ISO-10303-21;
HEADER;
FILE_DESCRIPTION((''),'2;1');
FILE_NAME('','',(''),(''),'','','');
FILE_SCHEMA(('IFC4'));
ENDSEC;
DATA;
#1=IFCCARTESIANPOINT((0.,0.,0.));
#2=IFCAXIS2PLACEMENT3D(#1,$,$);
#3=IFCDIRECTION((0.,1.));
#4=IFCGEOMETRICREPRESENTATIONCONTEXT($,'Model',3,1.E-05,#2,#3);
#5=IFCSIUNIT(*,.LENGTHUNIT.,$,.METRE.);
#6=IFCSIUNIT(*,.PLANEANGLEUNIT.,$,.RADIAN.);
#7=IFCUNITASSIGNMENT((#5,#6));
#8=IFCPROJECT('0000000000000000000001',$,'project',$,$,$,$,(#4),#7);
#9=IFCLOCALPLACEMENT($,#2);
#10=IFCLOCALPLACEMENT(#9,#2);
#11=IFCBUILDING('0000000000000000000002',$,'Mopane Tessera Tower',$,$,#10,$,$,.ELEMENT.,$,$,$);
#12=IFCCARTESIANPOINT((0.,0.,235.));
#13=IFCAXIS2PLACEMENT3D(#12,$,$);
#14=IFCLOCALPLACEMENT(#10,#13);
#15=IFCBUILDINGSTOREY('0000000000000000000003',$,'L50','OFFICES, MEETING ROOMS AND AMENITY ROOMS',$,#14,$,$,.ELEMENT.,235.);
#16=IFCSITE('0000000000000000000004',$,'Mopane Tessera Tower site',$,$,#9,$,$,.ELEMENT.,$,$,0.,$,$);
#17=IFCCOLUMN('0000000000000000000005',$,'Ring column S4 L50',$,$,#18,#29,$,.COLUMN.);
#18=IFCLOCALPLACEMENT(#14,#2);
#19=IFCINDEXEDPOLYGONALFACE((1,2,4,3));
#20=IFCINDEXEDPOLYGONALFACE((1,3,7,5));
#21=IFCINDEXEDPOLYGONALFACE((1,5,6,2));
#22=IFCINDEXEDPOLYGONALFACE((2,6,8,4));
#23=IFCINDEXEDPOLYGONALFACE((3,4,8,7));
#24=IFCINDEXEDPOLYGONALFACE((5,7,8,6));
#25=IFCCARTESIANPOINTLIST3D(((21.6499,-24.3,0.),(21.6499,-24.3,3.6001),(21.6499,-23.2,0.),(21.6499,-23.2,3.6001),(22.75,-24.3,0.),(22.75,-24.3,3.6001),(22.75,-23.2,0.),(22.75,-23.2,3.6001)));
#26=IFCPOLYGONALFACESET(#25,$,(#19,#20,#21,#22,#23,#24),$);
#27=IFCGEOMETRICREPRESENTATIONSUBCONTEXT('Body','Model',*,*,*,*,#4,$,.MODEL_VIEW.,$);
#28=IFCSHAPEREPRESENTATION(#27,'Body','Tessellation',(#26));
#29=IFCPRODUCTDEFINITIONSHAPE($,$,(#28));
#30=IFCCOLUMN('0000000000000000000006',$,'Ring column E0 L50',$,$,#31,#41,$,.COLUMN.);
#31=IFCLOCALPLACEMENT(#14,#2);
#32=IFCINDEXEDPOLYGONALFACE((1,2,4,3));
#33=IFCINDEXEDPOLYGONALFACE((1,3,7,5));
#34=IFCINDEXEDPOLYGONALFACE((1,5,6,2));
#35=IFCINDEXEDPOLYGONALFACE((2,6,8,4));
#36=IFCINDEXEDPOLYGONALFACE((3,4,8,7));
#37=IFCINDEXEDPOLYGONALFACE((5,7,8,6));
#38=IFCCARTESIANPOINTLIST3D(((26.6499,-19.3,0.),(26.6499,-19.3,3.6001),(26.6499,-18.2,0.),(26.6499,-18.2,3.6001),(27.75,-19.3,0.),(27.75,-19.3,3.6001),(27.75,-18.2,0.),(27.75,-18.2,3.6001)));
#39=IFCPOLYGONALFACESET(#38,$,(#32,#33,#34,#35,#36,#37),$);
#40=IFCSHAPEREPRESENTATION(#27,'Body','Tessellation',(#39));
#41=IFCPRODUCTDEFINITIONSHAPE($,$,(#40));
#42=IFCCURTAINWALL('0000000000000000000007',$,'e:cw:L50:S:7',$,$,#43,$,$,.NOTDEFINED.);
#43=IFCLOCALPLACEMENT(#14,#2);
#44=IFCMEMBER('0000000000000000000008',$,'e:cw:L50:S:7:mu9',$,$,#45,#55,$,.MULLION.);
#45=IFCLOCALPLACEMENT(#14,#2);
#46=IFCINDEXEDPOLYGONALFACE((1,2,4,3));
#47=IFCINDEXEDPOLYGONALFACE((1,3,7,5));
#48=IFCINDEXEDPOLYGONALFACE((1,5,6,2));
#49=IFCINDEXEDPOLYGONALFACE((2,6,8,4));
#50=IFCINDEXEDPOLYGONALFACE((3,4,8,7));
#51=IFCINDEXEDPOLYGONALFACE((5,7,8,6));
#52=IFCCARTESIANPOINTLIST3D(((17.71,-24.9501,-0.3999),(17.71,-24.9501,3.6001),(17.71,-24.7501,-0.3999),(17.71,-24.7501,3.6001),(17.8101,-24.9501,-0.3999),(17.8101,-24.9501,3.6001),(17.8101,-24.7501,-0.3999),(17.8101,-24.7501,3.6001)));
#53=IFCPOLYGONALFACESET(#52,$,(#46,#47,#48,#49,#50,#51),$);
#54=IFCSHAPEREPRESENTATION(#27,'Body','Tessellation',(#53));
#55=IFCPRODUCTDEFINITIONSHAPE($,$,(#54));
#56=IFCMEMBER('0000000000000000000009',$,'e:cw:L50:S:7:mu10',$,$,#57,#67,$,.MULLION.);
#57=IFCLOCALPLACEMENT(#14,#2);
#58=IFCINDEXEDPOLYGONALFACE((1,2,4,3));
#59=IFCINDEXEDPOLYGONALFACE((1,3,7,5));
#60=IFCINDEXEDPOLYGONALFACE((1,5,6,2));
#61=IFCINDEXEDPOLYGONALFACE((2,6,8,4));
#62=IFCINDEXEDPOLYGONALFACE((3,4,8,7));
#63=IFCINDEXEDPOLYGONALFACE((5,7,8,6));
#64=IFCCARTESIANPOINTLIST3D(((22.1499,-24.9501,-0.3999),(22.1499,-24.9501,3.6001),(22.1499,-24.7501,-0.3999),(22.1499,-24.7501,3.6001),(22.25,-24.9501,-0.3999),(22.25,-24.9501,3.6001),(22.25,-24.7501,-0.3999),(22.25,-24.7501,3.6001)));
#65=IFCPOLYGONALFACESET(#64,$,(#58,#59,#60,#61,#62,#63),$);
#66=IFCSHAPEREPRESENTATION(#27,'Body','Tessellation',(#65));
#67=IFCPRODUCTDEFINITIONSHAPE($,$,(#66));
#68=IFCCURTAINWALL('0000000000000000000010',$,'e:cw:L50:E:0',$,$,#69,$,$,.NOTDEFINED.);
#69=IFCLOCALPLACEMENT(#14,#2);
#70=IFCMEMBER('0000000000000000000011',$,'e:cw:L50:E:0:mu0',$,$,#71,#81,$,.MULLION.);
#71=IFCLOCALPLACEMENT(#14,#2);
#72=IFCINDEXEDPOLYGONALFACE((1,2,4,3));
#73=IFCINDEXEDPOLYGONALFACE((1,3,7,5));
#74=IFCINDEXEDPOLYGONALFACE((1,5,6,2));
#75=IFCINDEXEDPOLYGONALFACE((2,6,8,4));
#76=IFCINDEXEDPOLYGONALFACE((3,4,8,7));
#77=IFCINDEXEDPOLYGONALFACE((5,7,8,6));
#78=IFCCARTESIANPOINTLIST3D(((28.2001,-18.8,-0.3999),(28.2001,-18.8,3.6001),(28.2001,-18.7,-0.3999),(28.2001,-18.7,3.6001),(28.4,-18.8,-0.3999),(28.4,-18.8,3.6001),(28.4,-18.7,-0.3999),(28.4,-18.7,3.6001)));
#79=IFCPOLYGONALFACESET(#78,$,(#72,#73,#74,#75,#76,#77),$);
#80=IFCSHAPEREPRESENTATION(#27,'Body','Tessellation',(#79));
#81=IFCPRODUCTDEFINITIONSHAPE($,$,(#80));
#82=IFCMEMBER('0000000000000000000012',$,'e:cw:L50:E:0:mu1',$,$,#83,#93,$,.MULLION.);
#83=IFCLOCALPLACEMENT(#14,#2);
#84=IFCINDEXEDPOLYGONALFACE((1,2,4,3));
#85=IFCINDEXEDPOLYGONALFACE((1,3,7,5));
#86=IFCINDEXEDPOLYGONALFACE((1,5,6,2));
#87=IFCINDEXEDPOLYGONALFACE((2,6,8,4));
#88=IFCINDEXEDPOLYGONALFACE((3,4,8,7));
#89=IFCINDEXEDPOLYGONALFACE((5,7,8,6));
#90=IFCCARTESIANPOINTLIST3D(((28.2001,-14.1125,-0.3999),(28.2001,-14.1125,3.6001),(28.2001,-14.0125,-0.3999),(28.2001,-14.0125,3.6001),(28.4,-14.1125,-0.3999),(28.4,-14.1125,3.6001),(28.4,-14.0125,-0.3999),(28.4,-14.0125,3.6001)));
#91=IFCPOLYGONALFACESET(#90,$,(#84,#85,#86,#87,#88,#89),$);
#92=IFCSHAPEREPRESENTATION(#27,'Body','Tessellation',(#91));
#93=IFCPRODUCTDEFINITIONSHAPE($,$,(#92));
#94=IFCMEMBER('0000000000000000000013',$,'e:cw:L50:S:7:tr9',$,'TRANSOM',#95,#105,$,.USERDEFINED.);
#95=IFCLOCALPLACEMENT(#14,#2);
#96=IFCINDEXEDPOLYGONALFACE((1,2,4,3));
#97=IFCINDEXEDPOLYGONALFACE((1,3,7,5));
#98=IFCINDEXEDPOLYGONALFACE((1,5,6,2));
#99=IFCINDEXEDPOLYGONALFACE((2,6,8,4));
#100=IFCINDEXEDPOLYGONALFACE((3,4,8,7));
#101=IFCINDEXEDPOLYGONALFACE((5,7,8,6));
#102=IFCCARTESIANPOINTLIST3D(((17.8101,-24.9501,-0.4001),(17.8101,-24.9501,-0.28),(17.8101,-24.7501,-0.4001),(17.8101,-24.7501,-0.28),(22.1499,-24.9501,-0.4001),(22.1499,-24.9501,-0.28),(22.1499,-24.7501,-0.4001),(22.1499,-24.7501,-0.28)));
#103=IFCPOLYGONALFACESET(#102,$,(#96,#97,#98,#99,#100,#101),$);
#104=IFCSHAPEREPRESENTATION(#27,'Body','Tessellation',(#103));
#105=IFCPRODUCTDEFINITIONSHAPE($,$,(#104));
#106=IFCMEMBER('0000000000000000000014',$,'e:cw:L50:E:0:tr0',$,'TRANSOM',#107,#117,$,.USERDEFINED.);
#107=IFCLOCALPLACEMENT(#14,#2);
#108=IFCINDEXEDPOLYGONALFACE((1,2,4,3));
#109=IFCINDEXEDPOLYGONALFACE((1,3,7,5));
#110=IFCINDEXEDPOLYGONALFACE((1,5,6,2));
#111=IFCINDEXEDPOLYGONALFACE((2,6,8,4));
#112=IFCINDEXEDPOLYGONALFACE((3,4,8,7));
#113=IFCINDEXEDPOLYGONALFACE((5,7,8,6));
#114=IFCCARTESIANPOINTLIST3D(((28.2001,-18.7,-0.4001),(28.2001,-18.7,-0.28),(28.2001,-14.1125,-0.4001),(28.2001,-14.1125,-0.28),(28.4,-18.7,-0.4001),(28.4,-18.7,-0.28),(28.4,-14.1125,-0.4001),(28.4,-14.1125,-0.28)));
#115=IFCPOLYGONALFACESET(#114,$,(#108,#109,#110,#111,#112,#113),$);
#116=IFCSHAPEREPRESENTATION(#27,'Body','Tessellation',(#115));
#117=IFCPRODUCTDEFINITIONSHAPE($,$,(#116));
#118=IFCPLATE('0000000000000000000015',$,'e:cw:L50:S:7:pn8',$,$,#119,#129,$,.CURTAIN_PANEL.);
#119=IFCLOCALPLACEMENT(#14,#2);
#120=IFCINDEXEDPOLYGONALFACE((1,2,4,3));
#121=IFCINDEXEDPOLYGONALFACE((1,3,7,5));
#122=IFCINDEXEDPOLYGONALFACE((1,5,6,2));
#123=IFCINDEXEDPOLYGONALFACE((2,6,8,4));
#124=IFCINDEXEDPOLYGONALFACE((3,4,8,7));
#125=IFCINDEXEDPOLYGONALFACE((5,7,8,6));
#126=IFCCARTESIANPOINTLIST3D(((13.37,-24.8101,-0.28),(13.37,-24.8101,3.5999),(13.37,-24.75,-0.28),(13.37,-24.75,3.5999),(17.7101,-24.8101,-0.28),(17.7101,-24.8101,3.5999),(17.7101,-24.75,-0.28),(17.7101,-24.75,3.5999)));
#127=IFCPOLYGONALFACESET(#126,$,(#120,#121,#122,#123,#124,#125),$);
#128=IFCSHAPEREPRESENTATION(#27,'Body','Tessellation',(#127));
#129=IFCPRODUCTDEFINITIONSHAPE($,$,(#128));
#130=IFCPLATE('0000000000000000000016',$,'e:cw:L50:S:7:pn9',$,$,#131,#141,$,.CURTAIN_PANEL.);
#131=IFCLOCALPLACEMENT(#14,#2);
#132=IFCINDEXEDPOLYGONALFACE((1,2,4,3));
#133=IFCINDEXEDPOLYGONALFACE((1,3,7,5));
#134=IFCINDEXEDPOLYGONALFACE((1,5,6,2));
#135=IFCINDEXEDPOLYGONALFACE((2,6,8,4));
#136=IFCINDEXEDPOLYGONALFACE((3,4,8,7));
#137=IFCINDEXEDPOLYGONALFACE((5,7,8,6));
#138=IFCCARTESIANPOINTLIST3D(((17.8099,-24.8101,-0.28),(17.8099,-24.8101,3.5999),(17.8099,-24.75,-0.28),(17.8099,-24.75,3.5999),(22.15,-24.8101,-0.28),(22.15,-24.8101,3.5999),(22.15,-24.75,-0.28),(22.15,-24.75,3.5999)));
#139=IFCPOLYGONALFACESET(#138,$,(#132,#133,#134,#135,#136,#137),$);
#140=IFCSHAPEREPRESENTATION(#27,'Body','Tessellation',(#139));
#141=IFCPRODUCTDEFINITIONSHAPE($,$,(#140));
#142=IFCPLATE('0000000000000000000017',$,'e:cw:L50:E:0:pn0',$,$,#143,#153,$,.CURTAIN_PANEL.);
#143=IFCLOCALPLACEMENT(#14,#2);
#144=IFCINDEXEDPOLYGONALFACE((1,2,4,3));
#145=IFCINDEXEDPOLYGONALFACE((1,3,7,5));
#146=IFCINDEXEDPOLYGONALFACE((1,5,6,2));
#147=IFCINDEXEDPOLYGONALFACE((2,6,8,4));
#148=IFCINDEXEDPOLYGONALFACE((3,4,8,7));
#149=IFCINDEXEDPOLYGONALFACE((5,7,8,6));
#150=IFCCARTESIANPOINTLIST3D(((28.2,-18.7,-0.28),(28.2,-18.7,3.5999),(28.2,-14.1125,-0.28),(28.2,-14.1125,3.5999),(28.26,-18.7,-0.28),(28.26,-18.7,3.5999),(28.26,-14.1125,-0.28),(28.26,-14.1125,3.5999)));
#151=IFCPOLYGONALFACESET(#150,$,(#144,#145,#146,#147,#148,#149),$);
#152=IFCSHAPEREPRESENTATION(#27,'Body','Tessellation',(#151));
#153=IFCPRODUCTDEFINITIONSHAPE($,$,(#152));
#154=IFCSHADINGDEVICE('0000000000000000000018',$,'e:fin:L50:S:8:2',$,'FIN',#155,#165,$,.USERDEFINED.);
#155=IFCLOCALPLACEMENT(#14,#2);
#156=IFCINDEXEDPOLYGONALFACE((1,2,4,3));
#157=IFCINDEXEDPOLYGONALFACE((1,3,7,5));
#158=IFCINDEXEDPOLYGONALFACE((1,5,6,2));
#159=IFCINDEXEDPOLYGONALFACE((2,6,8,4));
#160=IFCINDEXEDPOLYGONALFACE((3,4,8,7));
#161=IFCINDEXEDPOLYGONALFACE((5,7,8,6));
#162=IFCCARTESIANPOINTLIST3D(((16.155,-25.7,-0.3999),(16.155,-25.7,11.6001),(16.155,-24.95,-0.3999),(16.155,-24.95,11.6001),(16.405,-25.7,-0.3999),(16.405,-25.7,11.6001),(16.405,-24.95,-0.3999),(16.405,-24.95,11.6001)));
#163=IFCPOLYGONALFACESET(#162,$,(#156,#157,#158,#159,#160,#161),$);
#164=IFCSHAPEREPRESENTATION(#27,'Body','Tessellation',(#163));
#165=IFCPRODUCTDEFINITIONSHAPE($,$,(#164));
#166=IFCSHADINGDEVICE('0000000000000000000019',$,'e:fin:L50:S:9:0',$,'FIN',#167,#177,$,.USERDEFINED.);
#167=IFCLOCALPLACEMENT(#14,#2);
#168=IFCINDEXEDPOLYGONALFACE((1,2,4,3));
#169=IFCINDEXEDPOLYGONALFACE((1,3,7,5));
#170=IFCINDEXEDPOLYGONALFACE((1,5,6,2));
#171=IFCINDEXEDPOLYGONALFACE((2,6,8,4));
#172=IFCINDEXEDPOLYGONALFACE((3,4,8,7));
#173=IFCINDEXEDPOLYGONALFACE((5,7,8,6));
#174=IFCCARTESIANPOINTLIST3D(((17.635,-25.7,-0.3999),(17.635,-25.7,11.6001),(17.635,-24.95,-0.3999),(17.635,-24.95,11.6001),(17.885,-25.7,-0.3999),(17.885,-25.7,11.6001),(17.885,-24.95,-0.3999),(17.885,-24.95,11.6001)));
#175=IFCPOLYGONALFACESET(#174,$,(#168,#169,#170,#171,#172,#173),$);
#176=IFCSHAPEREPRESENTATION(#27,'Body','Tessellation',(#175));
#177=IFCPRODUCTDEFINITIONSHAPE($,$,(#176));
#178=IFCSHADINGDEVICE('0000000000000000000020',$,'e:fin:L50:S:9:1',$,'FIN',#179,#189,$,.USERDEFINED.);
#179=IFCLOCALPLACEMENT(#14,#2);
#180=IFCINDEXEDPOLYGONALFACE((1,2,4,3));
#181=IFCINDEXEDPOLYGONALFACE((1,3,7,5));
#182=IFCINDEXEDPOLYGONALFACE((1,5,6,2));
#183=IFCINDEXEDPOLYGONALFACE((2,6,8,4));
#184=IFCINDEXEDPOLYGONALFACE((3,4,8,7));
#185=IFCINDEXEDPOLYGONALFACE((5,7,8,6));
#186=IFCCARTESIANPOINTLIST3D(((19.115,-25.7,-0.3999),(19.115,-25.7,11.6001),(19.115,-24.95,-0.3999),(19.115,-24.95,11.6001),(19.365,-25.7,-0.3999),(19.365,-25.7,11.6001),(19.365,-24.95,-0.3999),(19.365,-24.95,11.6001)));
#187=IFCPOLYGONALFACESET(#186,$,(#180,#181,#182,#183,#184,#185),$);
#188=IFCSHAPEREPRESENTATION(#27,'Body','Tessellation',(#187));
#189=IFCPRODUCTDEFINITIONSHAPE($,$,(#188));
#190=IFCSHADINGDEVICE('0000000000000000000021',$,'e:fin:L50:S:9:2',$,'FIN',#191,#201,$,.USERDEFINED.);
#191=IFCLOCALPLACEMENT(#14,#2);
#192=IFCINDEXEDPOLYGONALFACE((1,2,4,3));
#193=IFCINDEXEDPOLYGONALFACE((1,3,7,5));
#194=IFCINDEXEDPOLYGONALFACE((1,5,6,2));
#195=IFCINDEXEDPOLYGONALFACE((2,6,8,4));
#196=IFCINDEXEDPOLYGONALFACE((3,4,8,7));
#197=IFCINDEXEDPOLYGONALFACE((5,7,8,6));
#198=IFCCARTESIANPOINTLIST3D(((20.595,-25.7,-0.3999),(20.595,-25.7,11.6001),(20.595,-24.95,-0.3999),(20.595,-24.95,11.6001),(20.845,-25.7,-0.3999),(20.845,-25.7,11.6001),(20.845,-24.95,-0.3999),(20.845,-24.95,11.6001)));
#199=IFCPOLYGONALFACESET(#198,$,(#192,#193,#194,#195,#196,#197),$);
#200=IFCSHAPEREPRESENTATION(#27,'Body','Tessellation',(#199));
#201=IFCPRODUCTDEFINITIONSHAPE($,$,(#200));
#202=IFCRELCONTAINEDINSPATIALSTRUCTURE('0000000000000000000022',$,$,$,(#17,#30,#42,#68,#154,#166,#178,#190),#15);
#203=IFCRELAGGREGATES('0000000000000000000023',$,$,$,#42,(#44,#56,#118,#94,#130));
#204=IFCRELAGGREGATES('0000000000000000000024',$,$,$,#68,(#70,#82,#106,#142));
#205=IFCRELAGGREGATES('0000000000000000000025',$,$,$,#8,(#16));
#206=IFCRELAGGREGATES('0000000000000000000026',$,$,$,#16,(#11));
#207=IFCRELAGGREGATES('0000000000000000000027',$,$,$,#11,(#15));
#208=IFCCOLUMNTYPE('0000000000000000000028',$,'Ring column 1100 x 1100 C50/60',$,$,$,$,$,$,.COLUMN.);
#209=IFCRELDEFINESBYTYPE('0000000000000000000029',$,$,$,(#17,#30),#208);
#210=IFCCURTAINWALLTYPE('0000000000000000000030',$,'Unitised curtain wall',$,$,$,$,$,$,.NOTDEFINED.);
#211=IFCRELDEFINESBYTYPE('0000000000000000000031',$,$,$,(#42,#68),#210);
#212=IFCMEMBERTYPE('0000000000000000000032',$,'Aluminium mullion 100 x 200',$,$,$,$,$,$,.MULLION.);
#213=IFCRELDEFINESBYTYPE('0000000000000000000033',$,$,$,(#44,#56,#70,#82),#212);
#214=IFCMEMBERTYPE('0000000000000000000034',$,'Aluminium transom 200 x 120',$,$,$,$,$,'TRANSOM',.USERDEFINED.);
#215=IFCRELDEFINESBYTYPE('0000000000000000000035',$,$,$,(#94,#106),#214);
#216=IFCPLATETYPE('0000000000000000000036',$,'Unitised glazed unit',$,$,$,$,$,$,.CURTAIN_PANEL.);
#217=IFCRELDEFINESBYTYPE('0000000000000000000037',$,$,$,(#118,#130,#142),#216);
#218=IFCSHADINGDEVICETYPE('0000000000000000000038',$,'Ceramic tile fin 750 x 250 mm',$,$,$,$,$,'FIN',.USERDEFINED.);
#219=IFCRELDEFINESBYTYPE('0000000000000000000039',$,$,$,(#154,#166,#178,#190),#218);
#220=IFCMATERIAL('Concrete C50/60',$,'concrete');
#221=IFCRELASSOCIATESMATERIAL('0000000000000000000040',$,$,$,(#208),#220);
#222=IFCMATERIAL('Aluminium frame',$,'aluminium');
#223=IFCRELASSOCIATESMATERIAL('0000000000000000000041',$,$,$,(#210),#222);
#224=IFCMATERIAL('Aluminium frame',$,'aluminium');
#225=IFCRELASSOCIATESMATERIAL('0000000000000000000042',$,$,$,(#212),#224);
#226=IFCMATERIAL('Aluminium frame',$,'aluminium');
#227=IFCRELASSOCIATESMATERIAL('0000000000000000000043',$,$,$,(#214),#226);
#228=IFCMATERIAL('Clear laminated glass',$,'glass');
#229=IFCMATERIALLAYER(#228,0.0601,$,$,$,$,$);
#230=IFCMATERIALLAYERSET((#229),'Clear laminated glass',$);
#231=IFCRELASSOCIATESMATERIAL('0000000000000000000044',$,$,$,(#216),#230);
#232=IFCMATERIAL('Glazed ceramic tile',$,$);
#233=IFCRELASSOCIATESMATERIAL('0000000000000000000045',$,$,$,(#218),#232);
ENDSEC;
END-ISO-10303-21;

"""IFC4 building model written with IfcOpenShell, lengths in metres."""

from ifc_helpers import new_model, si_unit, direction, frame, origin, origin_2d, place, context, subcontext, project, spatial, rectangle, extrude, material, layer, layer_set, material_profile, profile_set, type_object, element, aggregate, save


model = new_model("IFC4")

# Units and contexts
model_context = context("Model", 3, precision=1e-05, world=origin(), true_north=direction((0.0, 1.0)))
body_context = subcontext(model_context, "Body", "Model", "MODEL_VIEW")
ifc_project = project(units=[si_unit("LENGTHUNIT", "METRE"), si_unit("PLANEANGLEUNIT", "RADIAN")], contexts=[model_context])

# Site, building, storey
site_placement = place(None, origin())
site = spatial("IfcSite", under=ifc_project, at=site_placement, Name="Mopane Tessera Tower site", CompositionType="ELEMENT", RefElevation=0.0)
building_placement = place(site_placement, origin())
building = spatial("IfcBuilding", under=site, at=building_placement, Name="Mopane Tessera Tower", CompositionType="ELEMENT")
storey_placement = place(building_placement, frame((0.0, 0.0, 235.0)))
storey = spatial("IfcBuildingStorey", under=building, at=storey_placement, Name="L50", Description="OFFICES, MEETING ROOMS AND AMENITY ROOMS", CompositionType="ELEMENT", Elevation=235.0)

# Columns
ifc_material_1 = material(Name="Concrete C50/60", Category="concrete")
ifc_material_profile_1 = material_profile(ifc_material_1, rectangle(XDim=1.1001, YDim=1.1001, at=origin_2d()))
ifc_profile_set_1 = profile_set([ifc_material_profile_1], Name="Concrete C50/60")
column_type = type_object("IfcColumnType", Name="Ring column 1100 x 1100 C50/60", PredefinedType="COLUMN", material=ifc_profile_set_1)
for number, where, z_axis, x_axis, name in (
    (1, (22.2, -23.75, 0.0), (0.0, 0.0, 1.0), (1.0, 0.0, 0.0), "Ring column S4 L50"),
    (2, (27.2, -18.75, 0.0), (0.0, 0.0, 1.0), (1.0, 0.0, 0.0), "Ring column E0 L50"),
):
    element("IfcColumn", number, at=place(storey_placement, frame(where, z_axis=z_axis, x_axis=x_axis)), inside=storey, type_object=column_type, Name=name, PredefinedType="COLUMN", context=body_context, shape_type="SweptSolid", body=[
        extrude(rectangle(XDim=1.1001, YDim=1.1001, at=origin_2d()), origin(), (0.0, 0.0, 1.0), 3.6001),
    ])

# Curtain walls, members
ifc_material_2 = material(Name="Aluminium frame", Category="aluminium")
curtain_wall_type = type_object("IfcCurtainWallType", Name="Unitised curtain wall", PredefinedType="NOTDEFINED", material=ifc_material_2)
curtain_wall_1_placement = place(storey_placement, origin())
curtain_wall_1 = element("IfcCurtainWall", 3, at=curtain_wall_1_placement, inside=storey, type_object=curtain_wall_type, Name="e:cw:L50:S:7", PredefinedType="NOTDEFINED")
ifc_material_3 = material(Name="Aluminium frame", Category="aluminium")
ifc_material_profile_2 = material_profile(ifc_material_3, rectangle(XDim=0.1001, YDim=0.2, at=origin_2d()))
ifc_profile_set_2 = profile_set([ifc_material_profile_2], Name="Aluminium frame")
member_type_1 = type_object("IfcMemberType", Name="Aluminium mullion 100 x 200", PredefinedType="MULLION", material=ifc_profile_set_2)
member_1_placement = place(storey_placement, frame((17.76, -24.8501, -0.3999), z_axis=(0.0, 0.0, 1.0), x_axis=(1.0, 0.0, 0.0)))
member_1 = element("IfcMember", 4, at=member_1_placement, type_object=member_type_1, Name="e:cw:L50:S:7:mu9", PredefinedType="MULLION", context=body_context, shape_type="SweptSolid", body=[
    extrude(rectangle(XDim=0.1001, YDim=0.2, at=origin_2d()), origin(), (0.0, 0.0, 1.0), 4.0),
])
member_2_placement = place(storey_placement, frame((22.2, -24.8501, -0.3999), z_axis=(0.0, 0.0, 1.0), x_axis=(1.0, 0.0, 0.0)))
member_2 = element("IfcMember", 5, at=member_2_placement, type_object=member_type_1, Name="e:cw:L50:S:7:mu10", PredefinedType="MULLION", context=body_context, shape_type="SweptSolid", body=[
    extrude(rectangle(XDim=0.1001, YDim=0.2, at=origin_2d()), origin(), (0.0, 0.0, 1.0), 4.0),
])
curtain_wall_2_placement = place(storey_placement, origin())
curtain_wall_2 = element("IfcCurtainWall", 6, at=curtain_wall_2_placement, inside=storey, type_object=curtain_wall_type, Name="e:cw:L50:E:0", PredefinedType="NOTDEFINED")
member_3_placement = place(storey_placement, frame((28.3, -18.75, -0.3999), z_axis=(0.0, 0.0, 1.0), x_axis=(0.0, 1.0, 0.0)))
member_3 = element("IfcMember", 7, at=member_3_placement, type_object=member_type_1, Name="e:cw:L50:E:0:mu0", PredefinedType="MULLION", context=body_context, shape_type="SweptSolid", body=[
    extrude(rectangle(XDim=0.1001, YDim=0.2, at=origin_2d()), origin(), (0.0, 0.0, 1.0), 4.0),
])
member_4_placement = place(storey_placement, frame((28.3, -14.0625, -0.3999), z_axis=(0.0, 0.0, 1.0), x_axis=(0.0, 1.0, 0.0)))
member_4 = element("IfcMember", 8, at=member_4_placement, type_object=member_type_1, Name="e:cw:L50:E:0:mu1", PredefinedType="MULLION", context=body_context, shape_type="SweptSolid", body=[
    extrude(rectangle(XDim=0.1001, YDim=0.2, at=origin_2d()), origin(), (0.0, 0.0, 1.0), 4.0),
])

# Members
ifc_material_4 = material(Name="Aluminium frame", Category="aluminium")
ifc_material_profile_3 = material_profile(ifc_material_4, rectangle(XDim=0.2, YDim=0.1201, at=origin_2d()))
ifc_profile_set_3 = profile_set([ifc_material_profile_3], Name="Aluminium frame")
member_type_2 = type_object("IfcMemberType", Name="Aluminium transom 200 x 120", ElementType="TRANSOM", PredefinedType="USERDEFINED", material=ifc_profile_set_3)
member_5_placement = place(storey_placement, frame((17.8101, -24.8501, -0.3401), z_axis=(1.0, 0.0, 0.0), x_axis=(0.0, 1.0, 0.0)))
member_5 = element("IfcMember", 9, at=member_5_placement, type_object=member_type_2, Name="e:cw:L50:S:7:tr9", ObjectType="TRANSOM", PredefinedType="USERDEFINED", context=body_context, shape_type="SweptSolid", body=[
    extrude(rectangle(XDim=0.2, YDim=0.1201, at=origin_2d()), origin(), (0.0, 0.0, 1.0), 4.3398),
])
member_6_placement = place(storey_placement, frame((28.3, -18.7, -0.3401), z_axis=(0.0, 1.0, 0.0), x_axis=(-1.0, 0.0, 0.0)))
member_6 = element("IfcMember", 10, at=member_6_placement, type_object=member_type_2, Name="e:cw:L50:E:0:tr0", ObjectType="TRANSOM", PredefinedType="USERDEFINED", context=body_context, shape_type="SweptSolid", body=[
    extrude(rectangle(XDim=0.2, YDim=0.1201, at=origin_2d()), origin(), (0.0, 0.0, 1.0), 4.5874),
])

# Plates
ifc_material_5 = material(Name="Clear laminated glass", Category="glass")
ifc_layer = layer(ifc_material_5, 0.0601)
ifc_layer_set = layer_set([ifc_layer], Name="Clear laminated glass")
plate_type = type_object("IfcPlateType", Name="Unitised glazed unit", PredefinedType="CURTAIN_PANEL", material=ifc_layer_set)
plate_1_placement = place(storey_placement, frame((15.54, -24.78, -0.28), z_axis=(0.0, 0.0, 1.0), x_axis=(1.0, 0.0, 0.0)))
plate_1 = element("IfcPlate", 11, at=plate_1_placement, type_object=plate_type, Name="e:cw:L50:S:7:pn8", PredefinedType="CURTAIN_PANEL", context=body_context, shape_type="SweptSolid", body=[
    extrude(rectangle(XDim=4.3401, YDim=0.0601, at=origin_2d()), origin(), (0.0, 0.0, 1.0), 3.8799),
])
plate_2_placement = place(storey_placement, frame((19.98, -24.78, -0.28), z_axis=(0.0, 0.0, 1.0), x_axis=(1.0, 0.0, 0.0)))
plate_2 = element("IfcPlate", 12, at=plate_2_placement, type_object=plate_type, Name="e:cw:L50:S:7:pn9", PredefinedType="CURTAIN_PANEL", context=body_context, shape_type="SweptSolid", body=[
    extrude(rectangle(XDim=4.3401, YDim=0.0601, at=origin_2d()), origin(), (0.0, 0.0, 1.0), 3.8799),
])
aggregate(curtain_wall_1, [member_1, member_2, plate_1, member_5, plate_2])
plate_3_placement = place(storey_placement, frame((28.23, -16.4062, -0.28), z_axis=(0.0, 0.0, 1.0), x_axis=(0.0, 1.0, 0.0)))
plate_3 = element("IfcPlate", 13, at=plate_3_placement, type_object=plate_type, Name="e:cw:L50:E:0:pn0", PredefinedType="CURTAIN_PANEL", context=body_context, shape_type="SweptSolid", body=[
    extrude(rectangle(XDim=4.5874, YDim=0.0601, at=origin_2d()), origin(), (0.0, 0.0, 1.0), 3.8799),
])
aggregate(curtain_wall_2, [member_3, member_4, member_6, plate_3])

# Shading devices
ifc_material_6 = material(Name="Glazed ceramic tile")
shading_device_type = type_object("IfcShadingDeviceType", Name="Ceramic tile fin 750 x 250 mm", ElementType="FIN", PredefinedType="USERDEFINED", material=ifc_material_6)
for number, where, z_axis, x_axis, name in (
    (14, (16.28, -25.325, -0.3999), (0.0, 0.0, 1.0), (1.0, 0.0, 0.0), "e:fin:L50:S:8:2"),
    (15, (17.76, -25.325, -0.3999), (0.0, 0.0, 1.0), (1.0, 0.0, 0.0), "e:fin:L50:S:9:0"),
    (16, (19.24, -25.325, -0.3999), (0.0, 0.0, 1.0), (1.0, 0.0, 0.0), "e:fin:L50:S:9:1"),
    (17, (20.72, -25.325, -0.3999), (0.0, 0.0, 1.0), (1.0, 0.0, 0.0), "e:fin:L50:S:9:2"),
):
    element("IfcShadingDevice", number, at=place(storey_placement, frame(where, z_axis=z_axis, x_axis=x_axis)), inside=storey, type_object=shading_device_type, Name=name, ObjectType="FIN", PredefinedType="USERDEFINED", context=body_context, shape_type="SweptSolid", body=[
        extrude(rectangle(XDim=0.25, YDim=0.75, at=origin_2d()), origin(), (0.0, 0.0, 1.0), 12.0),
    ])

save(model, "model.ifc")
